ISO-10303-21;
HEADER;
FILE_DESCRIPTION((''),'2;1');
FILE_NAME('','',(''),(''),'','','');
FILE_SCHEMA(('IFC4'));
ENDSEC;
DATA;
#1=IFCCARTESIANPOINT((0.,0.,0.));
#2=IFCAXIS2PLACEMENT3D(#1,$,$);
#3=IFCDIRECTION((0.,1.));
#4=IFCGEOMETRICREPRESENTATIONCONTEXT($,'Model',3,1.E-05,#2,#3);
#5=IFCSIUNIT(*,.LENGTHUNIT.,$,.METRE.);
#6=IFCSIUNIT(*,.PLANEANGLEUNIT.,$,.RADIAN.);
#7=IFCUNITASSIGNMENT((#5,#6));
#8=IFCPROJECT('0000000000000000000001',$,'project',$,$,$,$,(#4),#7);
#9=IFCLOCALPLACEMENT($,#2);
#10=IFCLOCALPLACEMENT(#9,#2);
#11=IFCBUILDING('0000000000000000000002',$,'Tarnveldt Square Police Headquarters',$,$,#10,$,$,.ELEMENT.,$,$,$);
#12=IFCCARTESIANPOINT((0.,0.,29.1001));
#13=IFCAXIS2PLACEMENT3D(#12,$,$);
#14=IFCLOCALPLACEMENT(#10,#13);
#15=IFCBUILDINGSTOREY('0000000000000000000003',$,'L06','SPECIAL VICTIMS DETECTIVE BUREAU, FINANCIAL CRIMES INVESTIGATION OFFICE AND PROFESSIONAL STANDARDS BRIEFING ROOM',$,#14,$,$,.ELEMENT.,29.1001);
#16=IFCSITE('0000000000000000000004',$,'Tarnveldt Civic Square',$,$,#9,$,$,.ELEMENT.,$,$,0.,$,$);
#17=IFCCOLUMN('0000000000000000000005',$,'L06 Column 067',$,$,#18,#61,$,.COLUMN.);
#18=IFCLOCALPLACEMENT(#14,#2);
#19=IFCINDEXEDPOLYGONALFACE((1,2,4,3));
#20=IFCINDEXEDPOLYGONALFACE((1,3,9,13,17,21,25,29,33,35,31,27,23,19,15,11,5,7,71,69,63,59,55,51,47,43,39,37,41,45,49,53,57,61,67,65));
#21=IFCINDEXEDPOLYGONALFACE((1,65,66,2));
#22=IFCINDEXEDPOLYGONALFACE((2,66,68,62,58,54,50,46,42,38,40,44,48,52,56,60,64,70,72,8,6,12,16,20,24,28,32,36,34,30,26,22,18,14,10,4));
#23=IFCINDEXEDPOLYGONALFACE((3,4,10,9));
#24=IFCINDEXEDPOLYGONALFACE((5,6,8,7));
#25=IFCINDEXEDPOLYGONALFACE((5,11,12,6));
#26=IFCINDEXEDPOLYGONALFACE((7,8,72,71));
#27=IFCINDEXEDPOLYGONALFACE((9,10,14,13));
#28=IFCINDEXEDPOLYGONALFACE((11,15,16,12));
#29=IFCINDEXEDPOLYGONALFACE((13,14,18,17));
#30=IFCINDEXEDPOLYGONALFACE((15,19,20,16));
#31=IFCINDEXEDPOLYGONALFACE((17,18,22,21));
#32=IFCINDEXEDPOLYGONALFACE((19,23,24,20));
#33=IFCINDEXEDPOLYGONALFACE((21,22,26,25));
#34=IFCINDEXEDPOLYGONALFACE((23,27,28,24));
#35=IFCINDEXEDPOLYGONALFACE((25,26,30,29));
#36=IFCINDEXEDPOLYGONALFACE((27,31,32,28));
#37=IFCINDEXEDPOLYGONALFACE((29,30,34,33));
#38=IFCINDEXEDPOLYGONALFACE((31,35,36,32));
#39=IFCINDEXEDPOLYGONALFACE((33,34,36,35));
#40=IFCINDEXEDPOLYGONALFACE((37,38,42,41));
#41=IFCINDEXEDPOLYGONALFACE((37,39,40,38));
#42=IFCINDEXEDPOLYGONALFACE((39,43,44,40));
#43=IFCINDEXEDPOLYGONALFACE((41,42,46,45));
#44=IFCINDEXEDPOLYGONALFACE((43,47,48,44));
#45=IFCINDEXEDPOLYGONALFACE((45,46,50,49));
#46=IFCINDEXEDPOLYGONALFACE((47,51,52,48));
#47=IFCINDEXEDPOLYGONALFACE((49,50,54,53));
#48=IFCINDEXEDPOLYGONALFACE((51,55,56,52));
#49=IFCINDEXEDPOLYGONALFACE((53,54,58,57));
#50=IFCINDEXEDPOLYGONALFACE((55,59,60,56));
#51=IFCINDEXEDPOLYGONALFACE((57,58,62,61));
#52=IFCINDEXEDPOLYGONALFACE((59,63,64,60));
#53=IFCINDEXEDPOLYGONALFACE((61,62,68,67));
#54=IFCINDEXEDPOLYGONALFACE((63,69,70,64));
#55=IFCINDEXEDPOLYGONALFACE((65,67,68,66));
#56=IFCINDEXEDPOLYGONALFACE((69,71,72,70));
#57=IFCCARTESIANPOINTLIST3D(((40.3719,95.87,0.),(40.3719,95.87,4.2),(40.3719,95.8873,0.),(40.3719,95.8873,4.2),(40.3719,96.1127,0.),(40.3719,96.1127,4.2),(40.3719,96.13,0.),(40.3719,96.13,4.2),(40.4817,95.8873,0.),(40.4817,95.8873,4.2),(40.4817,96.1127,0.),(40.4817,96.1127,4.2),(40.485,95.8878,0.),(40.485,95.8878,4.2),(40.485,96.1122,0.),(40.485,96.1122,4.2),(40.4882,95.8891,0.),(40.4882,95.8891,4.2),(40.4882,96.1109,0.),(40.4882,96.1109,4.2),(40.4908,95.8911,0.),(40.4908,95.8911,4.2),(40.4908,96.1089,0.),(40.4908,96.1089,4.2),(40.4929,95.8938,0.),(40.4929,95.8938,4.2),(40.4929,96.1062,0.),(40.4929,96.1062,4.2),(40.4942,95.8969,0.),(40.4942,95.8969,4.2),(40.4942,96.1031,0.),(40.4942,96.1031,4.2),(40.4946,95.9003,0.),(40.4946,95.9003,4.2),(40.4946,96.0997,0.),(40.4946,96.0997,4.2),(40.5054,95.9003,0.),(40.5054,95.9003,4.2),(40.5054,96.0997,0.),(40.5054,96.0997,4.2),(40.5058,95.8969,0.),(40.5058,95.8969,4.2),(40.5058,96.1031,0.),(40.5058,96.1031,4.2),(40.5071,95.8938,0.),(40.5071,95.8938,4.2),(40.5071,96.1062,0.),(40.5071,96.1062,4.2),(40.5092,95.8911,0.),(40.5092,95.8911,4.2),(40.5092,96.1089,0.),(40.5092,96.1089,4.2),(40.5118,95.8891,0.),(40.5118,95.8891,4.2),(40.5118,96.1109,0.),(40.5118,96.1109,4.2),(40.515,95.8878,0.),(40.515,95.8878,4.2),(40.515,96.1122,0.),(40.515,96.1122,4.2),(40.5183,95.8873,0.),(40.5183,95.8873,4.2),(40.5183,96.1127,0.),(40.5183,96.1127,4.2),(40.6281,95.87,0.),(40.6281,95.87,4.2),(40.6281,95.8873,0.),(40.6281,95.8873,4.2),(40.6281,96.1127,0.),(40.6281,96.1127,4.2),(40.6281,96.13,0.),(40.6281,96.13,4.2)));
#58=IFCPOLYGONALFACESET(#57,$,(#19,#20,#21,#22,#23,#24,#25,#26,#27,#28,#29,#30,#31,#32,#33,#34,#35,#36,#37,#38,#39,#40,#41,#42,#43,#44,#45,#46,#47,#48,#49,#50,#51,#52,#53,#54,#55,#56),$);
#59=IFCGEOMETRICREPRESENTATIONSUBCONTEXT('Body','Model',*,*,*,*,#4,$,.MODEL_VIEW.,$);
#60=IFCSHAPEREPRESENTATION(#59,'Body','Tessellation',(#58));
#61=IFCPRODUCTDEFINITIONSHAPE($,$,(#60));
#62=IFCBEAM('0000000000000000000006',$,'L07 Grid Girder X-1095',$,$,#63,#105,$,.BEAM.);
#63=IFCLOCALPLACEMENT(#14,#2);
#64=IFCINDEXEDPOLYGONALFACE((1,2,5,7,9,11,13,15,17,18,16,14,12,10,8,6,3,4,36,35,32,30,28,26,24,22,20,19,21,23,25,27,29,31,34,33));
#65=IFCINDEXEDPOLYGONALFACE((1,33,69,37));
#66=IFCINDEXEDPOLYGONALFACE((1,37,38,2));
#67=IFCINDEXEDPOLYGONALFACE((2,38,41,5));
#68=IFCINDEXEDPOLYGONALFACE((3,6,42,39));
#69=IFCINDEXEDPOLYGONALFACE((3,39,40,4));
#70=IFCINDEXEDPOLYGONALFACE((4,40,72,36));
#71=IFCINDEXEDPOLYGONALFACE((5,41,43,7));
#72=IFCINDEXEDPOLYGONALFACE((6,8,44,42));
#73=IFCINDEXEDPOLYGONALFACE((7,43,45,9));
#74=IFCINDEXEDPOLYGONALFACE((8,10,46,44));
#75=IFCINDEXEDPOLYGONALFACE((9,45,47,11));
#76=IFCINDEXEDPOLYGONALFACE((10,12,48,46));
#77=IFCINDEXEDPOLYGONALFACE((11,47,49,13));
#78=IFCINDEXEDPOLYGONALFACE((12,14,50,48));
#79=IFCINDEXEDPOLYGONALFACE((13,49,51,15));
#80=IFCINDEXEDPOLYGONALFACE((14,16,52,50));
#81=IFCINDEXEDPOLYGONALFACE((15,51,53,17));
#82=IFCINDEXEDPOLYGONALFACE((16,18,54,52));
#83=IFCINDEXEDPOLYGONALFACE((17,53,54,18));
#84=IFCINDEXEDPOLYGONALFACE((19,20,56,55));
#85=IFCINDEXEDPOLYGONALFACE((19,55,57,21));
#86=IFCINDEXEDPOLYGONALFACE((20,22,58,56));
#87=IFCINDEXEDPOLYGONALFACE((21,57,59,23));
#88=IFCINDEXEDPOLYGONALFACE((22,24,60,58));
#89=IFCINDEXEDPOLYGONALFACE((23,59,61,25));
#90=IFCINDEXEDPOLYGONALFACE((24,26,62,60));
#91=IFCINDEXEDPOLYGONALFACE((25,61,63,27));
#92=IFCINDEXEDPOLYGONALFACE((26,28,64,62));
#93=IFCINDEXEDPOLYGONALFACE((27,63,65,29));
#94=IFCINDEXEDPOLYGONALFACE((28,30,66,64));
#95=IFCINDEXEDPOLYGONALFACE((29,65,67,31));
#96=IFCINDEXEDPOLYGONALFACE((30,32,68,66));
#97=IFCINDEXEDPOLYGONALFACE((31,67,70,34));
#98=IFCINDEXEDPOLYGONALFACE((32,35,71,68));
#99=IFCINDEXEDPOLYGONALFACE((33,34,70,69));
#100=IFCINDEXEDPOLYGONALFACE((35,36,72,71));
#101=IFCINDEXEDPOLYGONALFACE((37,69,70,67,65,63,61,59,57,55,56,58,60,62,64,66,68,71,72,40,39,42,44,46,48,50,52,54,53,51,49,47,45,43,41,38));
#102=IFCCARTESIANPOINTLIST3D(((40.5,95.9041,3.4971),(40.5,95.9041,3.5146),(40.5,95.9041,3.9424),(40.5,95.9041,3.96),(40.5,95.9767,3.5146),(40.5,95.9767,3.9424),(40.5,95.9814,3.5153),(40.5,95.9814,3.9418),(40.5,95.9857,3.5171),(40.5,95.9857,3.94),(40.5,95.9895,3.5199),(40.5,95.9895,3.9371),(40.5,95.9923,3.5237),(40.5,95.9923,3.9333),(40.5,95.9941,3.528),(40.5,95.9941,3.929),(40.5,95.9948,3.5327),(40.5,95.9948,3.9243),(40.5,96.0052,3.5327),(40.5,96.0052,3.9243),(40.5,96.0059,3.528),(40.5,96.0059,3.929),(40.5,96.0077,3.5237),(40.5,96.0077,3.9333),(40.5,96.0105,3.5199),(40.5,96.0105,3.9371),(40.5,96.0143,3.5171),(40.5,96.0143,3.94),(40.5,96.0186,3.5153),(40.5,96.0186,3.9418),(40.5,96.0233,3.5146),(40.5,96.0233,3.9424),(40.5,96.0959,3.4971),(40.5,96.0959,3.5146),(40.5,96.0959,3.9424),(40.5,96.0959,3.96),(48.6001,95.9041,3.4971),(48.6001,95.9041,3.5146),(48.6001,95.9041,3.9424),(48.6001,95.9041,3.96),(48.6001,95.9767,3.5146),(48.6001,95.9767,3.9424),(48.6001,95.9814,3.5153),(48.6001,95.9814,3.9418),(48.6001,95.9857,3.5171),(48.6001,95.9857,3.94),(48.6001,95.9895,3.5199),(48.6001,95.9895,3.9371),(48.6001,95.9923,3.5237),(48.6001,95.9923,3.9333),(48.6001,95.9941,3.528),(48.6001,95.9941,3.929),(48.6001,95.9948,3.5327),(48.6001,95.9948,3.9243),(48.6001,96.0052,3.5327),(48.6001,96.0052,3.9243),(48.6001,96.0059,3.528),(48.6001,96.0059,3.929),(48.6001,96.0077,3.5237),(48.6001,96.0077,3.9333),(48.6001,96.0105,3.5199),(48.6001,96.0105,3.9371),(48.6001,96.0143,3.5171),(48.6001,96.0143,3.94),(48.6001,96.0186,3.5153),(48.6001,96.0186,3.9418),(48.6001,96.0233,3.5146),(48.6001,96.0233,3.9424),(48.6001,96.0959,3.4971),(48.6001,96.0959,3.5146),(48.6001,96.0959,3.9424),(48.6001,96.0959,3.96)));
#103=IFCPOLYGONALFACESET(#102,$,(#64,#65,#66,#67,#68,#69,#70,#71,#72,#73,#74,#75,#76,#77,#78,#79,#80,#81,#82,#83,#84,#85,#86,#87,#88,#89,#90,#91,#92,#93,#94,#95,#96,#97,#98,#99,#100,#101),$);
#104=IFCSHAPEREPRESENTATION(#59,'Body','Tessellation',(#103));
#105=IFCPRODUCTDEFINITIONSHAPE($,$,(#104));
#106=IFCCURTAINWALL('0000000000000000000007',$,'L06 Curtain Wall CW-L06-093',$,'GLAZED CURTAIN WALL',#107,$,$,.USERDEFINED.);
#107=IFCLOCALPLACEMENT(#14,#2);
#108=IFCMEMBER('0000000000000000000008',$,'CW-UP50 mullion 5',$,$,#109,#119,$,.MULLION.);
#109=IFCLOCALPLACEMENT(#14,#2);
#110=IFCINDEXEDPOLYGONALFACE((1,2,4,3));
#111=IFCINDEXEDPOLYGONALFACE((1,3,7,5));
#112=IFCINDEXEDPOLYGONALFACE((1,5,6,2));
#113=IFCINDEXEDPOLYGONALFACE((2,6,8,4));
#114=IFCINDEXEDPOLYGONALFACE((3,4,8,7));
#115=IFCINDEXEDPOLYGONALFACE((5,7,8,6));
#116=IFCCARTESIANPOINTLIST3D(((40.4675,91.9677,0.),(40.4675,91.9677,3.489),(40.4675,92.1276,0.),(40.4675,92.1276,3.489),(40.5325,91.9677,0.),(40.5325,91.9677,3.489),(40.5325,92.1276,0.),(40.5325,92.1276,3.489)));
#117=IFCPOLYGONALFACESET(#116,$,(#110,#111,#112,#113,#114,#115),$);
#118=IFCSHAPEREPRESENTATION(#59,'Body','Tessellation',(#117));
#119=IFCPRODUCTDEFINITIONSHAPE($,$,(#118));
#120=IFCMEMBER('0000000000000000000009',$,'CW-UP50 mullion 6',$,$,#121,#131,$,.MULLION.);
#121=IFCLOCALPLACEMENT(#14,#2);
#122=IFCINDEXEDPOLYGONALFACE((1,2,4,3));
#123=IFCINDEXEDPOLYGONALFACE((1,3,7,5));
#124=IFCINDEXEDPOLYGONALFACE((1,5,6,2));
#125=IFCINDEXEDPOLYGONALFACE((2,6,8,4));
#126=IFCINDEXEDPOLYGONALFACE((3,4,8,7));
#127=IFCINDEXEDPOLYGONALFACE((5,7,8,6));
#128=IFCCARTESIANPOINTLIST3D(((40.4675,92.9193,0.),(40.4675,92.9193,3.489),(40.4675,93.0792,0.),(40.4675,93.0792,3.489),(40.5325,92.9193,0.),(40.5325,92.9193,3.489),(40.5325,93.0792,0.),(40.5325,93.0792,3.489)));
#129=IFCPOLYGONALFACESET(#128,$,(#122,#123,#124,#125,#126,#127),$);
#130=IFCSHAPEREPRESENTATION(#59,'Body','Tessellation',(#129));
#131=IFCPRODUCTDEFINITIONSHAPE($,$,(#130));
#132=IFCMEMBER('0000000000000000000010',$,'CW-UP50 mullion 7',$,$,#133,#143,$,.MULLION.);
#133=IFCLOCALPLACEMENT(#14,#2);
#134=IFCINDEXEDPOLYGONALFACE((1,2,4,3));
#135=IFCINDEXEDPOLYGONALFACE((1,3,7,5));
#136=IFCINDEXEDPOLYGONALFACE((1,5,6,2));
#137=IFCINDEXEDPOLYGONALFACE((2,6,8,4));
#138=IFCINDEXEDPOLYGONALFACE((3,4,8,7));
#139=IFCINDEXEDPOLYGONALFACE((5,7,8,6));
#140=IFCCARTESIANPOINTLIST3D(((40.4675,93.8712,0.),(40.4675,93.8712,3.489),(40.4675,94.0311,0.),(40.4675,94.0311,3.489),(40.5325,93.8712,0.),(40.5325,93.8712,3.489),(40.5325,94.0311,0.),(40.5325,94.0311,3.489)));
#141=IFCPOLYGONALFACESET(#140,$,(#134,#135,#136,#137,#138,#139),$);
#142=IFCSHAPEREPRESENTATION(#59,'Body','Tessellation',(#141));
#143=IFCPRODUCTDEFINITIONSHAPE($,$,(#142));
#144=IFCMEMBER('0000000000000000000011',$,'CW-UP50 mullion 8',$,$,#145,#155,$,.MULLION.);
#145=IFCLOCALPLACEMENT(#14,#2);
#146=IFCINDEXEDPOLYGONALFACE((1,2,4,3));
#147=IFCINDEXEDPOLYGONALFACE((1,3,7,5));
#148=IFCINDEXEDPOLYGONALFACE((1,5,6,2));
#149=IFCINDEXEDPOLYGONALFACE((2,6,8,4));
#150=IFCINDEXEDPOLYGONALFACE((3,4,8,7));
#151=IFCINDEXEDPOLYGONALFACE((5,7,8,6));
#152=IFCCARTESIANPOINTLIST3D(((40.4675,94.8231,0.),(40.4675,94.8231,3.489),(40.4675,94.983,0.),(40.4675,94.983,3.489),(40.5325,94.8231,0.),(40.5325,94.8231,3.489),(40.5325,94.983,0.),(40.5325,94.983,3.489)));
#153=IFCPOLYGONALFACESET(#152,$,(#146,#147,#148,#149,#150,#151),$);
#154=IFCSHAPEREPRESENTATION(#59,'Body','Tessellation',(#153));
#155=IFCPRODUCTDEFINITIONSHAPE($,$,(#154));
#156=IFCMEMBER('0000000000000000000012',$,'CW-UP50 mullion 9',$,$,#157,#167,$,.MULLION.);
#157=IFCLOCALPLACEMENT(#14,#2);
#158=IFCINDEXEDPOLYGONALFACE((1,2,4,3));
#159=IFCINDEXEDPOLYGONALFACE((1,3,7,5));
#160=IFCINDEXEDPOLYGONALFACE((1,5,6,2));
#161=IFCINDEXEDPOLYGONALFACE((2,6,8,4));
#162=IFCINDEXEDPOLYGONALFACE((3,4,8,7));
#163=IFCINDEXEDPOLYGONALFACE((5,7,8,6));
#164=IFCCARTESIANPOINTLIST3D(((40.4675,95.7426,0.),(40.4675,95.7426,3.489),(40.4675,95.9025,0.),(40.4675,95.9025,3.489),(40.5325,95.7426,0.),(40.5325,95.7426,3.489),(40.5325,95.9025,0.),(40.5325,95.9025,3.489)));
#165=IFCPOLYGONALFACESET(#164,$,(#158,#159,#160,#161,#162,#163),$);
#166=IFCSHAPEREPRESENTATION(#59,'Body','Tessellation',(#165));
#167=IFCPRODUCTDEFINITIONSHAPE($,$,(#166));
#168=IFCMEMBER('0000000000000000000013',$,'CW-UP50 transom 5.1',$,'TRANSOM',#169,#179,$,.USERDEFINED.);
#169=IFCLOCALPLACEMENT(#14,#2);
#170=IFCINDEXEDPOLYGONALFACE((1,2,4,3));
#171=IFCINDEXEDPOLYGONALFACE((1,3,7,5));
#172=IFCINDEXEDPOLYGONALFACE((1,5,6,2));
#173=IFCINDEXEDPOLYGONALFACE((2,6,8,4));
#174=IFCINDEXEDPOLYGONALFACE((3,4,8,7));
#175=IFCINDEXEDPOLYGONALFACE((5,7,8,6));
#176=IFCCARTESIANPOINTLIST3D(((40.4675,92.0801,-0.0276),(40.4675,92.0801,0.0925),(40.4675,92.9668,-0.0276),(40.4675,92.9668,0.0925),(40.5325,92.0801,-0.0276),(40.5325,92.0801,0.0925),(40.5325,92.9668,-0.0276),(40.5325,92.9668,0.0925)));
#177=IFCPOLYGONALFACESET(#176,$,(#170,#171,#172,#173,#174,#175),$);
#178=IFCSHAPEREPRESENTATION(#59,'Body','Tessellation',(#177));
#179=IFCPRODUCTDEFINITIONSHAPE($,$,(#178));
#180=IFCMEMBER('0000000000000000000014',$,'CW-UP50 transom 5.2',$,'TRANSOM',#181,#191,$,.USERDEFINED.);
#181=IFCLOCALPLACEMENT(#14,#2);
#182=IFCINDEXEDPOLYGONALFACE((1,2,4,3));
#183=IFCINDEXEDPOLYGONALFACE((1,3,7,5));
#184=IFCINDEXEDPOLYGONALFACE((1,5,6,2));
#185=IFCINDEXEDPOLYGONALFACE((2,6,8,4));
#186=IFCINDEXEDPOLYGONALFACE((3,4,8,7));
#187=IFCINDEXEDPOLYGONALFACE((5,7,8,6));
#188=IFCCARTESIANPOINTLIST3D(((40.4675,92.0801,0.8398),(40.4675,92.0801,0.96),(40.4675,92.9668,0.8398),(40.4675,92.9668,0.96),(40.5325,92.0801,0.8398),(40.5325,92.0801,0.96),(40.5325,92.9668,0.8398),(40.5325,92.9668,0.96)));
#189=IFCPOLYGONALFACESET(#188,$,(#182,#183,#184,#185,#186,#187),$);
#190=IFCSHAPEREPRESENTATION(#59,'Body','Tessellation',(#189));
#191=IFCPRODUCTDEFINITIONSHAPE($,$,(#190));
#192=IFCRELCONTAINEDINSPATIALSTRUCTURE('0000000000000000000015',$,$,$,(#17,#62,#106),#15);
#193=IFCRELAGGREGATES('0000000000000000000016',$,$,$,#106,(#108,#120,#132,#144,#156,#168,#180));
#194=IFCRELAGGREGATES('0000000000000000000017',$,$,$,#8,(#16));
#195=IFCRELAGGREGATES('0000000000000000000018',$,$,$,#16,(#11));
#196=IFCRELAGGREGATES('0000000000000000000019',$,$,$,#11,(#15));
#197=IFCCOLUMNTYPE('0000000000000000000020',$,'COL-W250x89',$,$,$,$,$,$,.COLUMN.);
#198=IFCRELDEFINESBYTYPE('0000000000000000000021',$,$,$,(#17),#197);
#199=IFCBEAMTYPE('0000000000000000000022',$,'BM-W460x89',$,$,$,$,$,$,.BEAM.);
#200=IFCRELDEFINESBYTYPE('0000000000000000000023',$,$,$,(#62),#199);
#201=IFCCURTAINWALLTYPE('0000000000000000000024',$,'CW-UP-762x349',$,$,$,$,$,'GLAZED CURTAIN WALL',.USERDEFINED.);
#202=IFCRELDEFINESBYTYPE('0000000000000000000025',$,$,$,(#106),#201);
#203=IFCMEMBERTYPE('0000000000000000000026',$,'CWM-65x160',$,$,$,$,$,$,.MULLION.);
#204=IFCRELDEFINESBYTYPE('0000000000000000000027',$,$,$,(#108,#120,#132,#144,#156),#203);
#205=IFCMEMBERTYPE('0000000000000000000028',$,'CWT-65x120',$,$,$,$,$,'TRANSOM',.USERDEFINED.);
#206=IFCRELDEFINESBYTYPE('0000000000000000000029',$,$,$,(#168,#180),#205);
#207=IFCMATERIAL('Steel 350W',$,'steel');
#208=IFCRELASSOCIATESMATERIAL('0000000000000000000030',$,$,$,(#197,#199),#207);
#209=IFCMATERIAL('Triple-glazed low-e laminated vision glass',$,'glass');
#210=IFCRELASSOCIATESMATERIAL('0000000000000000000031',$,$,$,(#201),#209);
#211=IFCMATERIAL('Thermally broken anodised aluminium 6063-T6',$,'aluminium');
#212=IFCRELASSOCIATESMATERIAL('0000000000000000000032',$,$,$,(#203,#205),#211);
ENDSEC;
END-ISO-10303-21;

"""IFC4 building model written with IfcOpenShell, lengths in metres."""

from ifc_helpers import new_model, si_unit, direction, frame, origin, origin_2d, place, context, subcontext, project, spatial, rectangle, i_section, extrude, material, material_profile, profile_set, type_object, element, aggregate, save


model = new_model("IFC4")

# Units and contexts
model_context = context("Model", 3, precision=1e-05, world=origin(), true_north=direction((0.0, 1.0)))
body_context = subcontext(model_context, "Body", "Model", "MODEL_VIEW")
ifc_project = project(units=[si_unit("LENGTHUNIT", "METRE"), si_unit("PLANEANGLEUNIT", "RADIAN")], contexts=[model_context])

# Site, building, storey
site_placement = place(None, origin())
site = spatial("IfcSite", under=ifc_project, at=site_placement, Name="Tarnveldt Civic Square", CompositionType="ELEMENT", RefElevation=0.0)
building_placement = place(site_placement, origin())
building = spatial("IfcBuilding", under=site, at=building_placement, Name="Tarnveldt Square Police Headquarters", CompositionType="ELEMENT")
storey_placement = place(building_placement, frame((0.0, 0.0, 29.1001)))
storey = spatial("IfcBuildingStorey", under=building, at=storey_placement, Name="L06", Description="SPECIAL VICTIMS DETECTIVE BUREAU, FINANCIAL CRIMES INVESTIGATION OFFICE AND PROFESSIONAL STANDARDS BRIEFING ROOM", CompositionType="ELEMENT", Elevation=29.1001)

# Column
ifc_material_1 = material(Name="Steel 350W", Category="steel")
ifc_material_profile_1 = material_profile(ifc_material_1, i_section(OverallWidth=0.2561, OverallDepth=0.26, WebThickness=0.0107, FlangeThickness=0.0173, FilletRadius=0.0129, at=origin_2d()), Name="W250x89")
ifc_profile_set_1 = profile_set([ifc_material_profile_1], Name="Steel 350W")
column_type = type_object("IfcColumnType", Name="COL-W250x89", PredefinedType="COLUMN", material=ifc_profile_set_1)
column_placement = place(storey_placement, frame((40.5, 96.0, 0.0), z_axis=(0.0, 0.0, 1.0), x_axis=(1.0, 0.0, 0.0)))
element("IfcColumn", 1, at=column_placement, inside=storey, type_object=column_type, Name="L06 Column 067", PredefinedType="COLUMN", context=body_context, shape_type="SweptSolid", body=[
    extrude(i_section(OverallWidth=0.2561, OverallDepth=0.26, WebThickness=0.0107, FlangeThickness=0.0173, FilletRadius=0.0129, at=origin_2d()), origin(), (0.0, 0.0, 1.0), 4.2),
])

# Beam
ifc_material_profile_2 = material_profile(ifc_material_1, i_section(OverallWidth=0.1919, OverallDepth=0.4629, WebThickness=0.0105, FlangeThickness=0.0176, FilletRadius=0.0181, at=origin_2d()), Name="W460x89")
ifc_profile_set_2 = profile_set([ifc_material_profile_2], Name="Steel 350W")
beam_type = type_object("IfcBeamType", Name="BM-W460x89", PredefinedType="BEAM", material=ifc_profile_set_2)
beam_placement = place(storey_placement, frame((40.5, 96.0, 3.7285), z_axis=(1.0, 0.0, 0.0), x_axis=(0.0, 1.0, 0.0)))
element("IfcBeam", 2, at=beam_placement, inside=storey, type_object=beam_type, Name="L07 Grid Girder X-1095", PredefinedType="BEAM", context=body_context, shape_type="SweptSolid", body=[
    extrude(i_section(OverallWidth=0.1919, OverallDepth=0.4629, WebThickness=0.0105, FlangeThickness=0.0176, FilletRadius=0.0181, at=origin_2d()), origin(), (0.0, 0.0, 1.0), 8.1001),
])

# Curtain wall, members
ifc_material_2 = material(Name="Triple-glazed low-e laminated vision glass", Category="glass")
curtain_wall_type = type_object("IfcCurtainWallType", Name="CW-UP-762x349", ElementType="GLAZED CURTAIN WALL", PredefinedType="USERDEFINED", material=ifc_material_2)
curtain_wall_placement = place(storey_placement, origin())
curtain_wall = element("IfcCurtainWall", 3, at=curtain_wall_placement, inside=storey, type_object=curtain_wall_type, Name="L06 Curtain Wall CW-L06-093", ObjectType="GLAZED CURTAIN WALL", PredefinedType="USERDEFINED")
ifc_material_3 = material(Name="Thermally broken anodised aluminium 6063-T6", Category="aluminium")
ifc_material_profile_3 = material_profile(ifc_material_3, rectangle(XDim=0.0649, YDim=0.1599, at=origin_2d()), Name="CW-M65x160")
ifc_profile_set_3 = profile_set([ifc_material_profile_3], Name="Thermally broken anodised aluminium 6063-T6")
member_type_1 = type_object("IfcMemberType", Name="CWM-65x160", PredefinedType="MULLION", material=ifc_profile_set_3)
member_1_placement = place(storey_placement, frame((40.5, 92.0476, 0.0), z_axis=(0.0, 0.0, 1.0), x_axis=(-1.0, 0.0, 0.0)))
member_1 = element("IfcMember", 4, at=member_1_placement, type_object=member_type_1, Name="CW-UP50 mullion 5", PredefinedType="MULLION", context=body_context, shape_type="SweptSolid", body=[
    extrude(rectangle(XDim=0.0649, YDim=0.1599, at=origin_2d()), origin(), (0.0, 0.0, 1.0), 3.489),
])
member_2_placement = place(storey_placement, frame((40.5, 92.9993, 0.0), z_axis=(0.0, 0.0, 1.0), x_axis=(-1.0, 0.0, 0.0)))
member_2 = element("IfcMember", 5, at=member_2_placement, type_object=member_type_1, Name="CW-UP50 mullion 6", PredefinedType="MULLION", context=body_context, shape_type="SweptSolid", body=[
    extrude(rectangle(XDim=0.0649, YDim=0.1599, at=origin_2d()), origin(), (0.0, 0.0, 1.0), 3.489),
])
member_3_placement = place(storey_placement, frame((40.5, 93.9512, 0.0), z_axis=(0.0, 0.0, 1.0), x_axis=(-1.0, 0.0, 0.0)))
member_3 = element("IfcMember", 6, at=member_3_placement, type_object=member_type_1, Name="CW-UP50 mullion 7", PredefinedType="MULLION", context=body_context, shape_type="SweptSolid", body=[
    extrude(rectangle(XDim=0.0649, YDim=0.1599, at=origin_2d()), origin(), (0.0, 0.0, 1.0), 3.489),
])
member_4_placement = place(storey_placement, frame((40.5, 94.9031, 0.0), z_axis=(0.0, 0.0, 1.0), x_axis=(-1.0, 0.0, 0.0)))
member_4 = element("IfcMember", 7, at=member_4_placement, type_object=member_type_1, Name="CW-UP50 mullion 8", PredefinedType="MULLION", context=body_context, shape_type="SweptSolid", body=[
    extrude(rectangle(XDim=0.0649, YDim=0.1599, at=origin_2d()), origin(), (0.0, 0.0, 1.0), 3.489),
])
member_5_placement = place(storey_placement, frame((40.5, 95.8225, 0.0), z_axis=(0.0, 0.0, 1.0), x_axis=(-1.0, 0.0, 0.0)))
member_5 = element("IfcMember", 8, at=member_5_placement, type_object=member_type_1, Name="CW-UP50 mullion 9", PredefinedType="MULLION", context=body_context, shape_type="SweptSolid", body=[
    extrude(rectangle(XDim=0.0649, YDim=0.1599, at=origin_2d()), origin(), (0.0, 0.0, 1.0), 3.489),
])
ifc_material_profile_4 = material_profile(ifc_material_3, rectangle(XDim=0.0649, YDim=0.1201, at=origin_2d()), Name="CW-T65x120")
ifc_profile_set_4 = profile_set([ifc_material_profile_4], Name="Thermally broken anodised aluminium 6063-T6")
member_type_2 = type_object("IfcMemberType", Name="CWT-65x120", ElementType="TRANSOM", PredefinedType="USERDEFINED", material=ifc_profile_set_4)
member_6_placement = place(storey_placement, frame((40.5, 92.0801, 0.0325), z_axis=(0.0, 1.0, 0.0), x_axis=(-1.0, 0.0, 0.0)))
member_6 = element("IfcMember", 9, at=member_6_placement, type_object=member_type_2, Name="CW-UP50 transom 5.1", ObjectType="TRANSOM", PredefinedType="USERDEFINED", context=body_context, shape_type="SweptSolid", body=[
    extrude(rectangle(XDim=0.0649, YDim=0.1201, at=origin_2d()), origin(), (0.0, 0.0, 1.0), 0.8867),
])
member_7_placement = place(storey_placement, frame((40.5, 92.0801, 0.8999), z_axis=(0.0, 1.0, 0.0), x_axis=(-1.0, 0.0, 0.0)))
member_7 = element("IfcMember", 10, at=member_7_placement, type_object=member_type_2, Name="CW-UP50 transom 5.2", ObjectType="TRANSOM", PredefinedType="USERDEFINED", context=body_context, shape_type="SweptSolid", body=[
    extrude(rectangle(XDim=0.0649, YDim=0.1201, at=origin_2d()), origin(), (0.0, 0.0, 1.0), 0.8867),
])
aggregate(curtain_wall, [member_1, member_2, member_3, member_4, member_5, member_6, member_7])

save(model, "model.ifc")
